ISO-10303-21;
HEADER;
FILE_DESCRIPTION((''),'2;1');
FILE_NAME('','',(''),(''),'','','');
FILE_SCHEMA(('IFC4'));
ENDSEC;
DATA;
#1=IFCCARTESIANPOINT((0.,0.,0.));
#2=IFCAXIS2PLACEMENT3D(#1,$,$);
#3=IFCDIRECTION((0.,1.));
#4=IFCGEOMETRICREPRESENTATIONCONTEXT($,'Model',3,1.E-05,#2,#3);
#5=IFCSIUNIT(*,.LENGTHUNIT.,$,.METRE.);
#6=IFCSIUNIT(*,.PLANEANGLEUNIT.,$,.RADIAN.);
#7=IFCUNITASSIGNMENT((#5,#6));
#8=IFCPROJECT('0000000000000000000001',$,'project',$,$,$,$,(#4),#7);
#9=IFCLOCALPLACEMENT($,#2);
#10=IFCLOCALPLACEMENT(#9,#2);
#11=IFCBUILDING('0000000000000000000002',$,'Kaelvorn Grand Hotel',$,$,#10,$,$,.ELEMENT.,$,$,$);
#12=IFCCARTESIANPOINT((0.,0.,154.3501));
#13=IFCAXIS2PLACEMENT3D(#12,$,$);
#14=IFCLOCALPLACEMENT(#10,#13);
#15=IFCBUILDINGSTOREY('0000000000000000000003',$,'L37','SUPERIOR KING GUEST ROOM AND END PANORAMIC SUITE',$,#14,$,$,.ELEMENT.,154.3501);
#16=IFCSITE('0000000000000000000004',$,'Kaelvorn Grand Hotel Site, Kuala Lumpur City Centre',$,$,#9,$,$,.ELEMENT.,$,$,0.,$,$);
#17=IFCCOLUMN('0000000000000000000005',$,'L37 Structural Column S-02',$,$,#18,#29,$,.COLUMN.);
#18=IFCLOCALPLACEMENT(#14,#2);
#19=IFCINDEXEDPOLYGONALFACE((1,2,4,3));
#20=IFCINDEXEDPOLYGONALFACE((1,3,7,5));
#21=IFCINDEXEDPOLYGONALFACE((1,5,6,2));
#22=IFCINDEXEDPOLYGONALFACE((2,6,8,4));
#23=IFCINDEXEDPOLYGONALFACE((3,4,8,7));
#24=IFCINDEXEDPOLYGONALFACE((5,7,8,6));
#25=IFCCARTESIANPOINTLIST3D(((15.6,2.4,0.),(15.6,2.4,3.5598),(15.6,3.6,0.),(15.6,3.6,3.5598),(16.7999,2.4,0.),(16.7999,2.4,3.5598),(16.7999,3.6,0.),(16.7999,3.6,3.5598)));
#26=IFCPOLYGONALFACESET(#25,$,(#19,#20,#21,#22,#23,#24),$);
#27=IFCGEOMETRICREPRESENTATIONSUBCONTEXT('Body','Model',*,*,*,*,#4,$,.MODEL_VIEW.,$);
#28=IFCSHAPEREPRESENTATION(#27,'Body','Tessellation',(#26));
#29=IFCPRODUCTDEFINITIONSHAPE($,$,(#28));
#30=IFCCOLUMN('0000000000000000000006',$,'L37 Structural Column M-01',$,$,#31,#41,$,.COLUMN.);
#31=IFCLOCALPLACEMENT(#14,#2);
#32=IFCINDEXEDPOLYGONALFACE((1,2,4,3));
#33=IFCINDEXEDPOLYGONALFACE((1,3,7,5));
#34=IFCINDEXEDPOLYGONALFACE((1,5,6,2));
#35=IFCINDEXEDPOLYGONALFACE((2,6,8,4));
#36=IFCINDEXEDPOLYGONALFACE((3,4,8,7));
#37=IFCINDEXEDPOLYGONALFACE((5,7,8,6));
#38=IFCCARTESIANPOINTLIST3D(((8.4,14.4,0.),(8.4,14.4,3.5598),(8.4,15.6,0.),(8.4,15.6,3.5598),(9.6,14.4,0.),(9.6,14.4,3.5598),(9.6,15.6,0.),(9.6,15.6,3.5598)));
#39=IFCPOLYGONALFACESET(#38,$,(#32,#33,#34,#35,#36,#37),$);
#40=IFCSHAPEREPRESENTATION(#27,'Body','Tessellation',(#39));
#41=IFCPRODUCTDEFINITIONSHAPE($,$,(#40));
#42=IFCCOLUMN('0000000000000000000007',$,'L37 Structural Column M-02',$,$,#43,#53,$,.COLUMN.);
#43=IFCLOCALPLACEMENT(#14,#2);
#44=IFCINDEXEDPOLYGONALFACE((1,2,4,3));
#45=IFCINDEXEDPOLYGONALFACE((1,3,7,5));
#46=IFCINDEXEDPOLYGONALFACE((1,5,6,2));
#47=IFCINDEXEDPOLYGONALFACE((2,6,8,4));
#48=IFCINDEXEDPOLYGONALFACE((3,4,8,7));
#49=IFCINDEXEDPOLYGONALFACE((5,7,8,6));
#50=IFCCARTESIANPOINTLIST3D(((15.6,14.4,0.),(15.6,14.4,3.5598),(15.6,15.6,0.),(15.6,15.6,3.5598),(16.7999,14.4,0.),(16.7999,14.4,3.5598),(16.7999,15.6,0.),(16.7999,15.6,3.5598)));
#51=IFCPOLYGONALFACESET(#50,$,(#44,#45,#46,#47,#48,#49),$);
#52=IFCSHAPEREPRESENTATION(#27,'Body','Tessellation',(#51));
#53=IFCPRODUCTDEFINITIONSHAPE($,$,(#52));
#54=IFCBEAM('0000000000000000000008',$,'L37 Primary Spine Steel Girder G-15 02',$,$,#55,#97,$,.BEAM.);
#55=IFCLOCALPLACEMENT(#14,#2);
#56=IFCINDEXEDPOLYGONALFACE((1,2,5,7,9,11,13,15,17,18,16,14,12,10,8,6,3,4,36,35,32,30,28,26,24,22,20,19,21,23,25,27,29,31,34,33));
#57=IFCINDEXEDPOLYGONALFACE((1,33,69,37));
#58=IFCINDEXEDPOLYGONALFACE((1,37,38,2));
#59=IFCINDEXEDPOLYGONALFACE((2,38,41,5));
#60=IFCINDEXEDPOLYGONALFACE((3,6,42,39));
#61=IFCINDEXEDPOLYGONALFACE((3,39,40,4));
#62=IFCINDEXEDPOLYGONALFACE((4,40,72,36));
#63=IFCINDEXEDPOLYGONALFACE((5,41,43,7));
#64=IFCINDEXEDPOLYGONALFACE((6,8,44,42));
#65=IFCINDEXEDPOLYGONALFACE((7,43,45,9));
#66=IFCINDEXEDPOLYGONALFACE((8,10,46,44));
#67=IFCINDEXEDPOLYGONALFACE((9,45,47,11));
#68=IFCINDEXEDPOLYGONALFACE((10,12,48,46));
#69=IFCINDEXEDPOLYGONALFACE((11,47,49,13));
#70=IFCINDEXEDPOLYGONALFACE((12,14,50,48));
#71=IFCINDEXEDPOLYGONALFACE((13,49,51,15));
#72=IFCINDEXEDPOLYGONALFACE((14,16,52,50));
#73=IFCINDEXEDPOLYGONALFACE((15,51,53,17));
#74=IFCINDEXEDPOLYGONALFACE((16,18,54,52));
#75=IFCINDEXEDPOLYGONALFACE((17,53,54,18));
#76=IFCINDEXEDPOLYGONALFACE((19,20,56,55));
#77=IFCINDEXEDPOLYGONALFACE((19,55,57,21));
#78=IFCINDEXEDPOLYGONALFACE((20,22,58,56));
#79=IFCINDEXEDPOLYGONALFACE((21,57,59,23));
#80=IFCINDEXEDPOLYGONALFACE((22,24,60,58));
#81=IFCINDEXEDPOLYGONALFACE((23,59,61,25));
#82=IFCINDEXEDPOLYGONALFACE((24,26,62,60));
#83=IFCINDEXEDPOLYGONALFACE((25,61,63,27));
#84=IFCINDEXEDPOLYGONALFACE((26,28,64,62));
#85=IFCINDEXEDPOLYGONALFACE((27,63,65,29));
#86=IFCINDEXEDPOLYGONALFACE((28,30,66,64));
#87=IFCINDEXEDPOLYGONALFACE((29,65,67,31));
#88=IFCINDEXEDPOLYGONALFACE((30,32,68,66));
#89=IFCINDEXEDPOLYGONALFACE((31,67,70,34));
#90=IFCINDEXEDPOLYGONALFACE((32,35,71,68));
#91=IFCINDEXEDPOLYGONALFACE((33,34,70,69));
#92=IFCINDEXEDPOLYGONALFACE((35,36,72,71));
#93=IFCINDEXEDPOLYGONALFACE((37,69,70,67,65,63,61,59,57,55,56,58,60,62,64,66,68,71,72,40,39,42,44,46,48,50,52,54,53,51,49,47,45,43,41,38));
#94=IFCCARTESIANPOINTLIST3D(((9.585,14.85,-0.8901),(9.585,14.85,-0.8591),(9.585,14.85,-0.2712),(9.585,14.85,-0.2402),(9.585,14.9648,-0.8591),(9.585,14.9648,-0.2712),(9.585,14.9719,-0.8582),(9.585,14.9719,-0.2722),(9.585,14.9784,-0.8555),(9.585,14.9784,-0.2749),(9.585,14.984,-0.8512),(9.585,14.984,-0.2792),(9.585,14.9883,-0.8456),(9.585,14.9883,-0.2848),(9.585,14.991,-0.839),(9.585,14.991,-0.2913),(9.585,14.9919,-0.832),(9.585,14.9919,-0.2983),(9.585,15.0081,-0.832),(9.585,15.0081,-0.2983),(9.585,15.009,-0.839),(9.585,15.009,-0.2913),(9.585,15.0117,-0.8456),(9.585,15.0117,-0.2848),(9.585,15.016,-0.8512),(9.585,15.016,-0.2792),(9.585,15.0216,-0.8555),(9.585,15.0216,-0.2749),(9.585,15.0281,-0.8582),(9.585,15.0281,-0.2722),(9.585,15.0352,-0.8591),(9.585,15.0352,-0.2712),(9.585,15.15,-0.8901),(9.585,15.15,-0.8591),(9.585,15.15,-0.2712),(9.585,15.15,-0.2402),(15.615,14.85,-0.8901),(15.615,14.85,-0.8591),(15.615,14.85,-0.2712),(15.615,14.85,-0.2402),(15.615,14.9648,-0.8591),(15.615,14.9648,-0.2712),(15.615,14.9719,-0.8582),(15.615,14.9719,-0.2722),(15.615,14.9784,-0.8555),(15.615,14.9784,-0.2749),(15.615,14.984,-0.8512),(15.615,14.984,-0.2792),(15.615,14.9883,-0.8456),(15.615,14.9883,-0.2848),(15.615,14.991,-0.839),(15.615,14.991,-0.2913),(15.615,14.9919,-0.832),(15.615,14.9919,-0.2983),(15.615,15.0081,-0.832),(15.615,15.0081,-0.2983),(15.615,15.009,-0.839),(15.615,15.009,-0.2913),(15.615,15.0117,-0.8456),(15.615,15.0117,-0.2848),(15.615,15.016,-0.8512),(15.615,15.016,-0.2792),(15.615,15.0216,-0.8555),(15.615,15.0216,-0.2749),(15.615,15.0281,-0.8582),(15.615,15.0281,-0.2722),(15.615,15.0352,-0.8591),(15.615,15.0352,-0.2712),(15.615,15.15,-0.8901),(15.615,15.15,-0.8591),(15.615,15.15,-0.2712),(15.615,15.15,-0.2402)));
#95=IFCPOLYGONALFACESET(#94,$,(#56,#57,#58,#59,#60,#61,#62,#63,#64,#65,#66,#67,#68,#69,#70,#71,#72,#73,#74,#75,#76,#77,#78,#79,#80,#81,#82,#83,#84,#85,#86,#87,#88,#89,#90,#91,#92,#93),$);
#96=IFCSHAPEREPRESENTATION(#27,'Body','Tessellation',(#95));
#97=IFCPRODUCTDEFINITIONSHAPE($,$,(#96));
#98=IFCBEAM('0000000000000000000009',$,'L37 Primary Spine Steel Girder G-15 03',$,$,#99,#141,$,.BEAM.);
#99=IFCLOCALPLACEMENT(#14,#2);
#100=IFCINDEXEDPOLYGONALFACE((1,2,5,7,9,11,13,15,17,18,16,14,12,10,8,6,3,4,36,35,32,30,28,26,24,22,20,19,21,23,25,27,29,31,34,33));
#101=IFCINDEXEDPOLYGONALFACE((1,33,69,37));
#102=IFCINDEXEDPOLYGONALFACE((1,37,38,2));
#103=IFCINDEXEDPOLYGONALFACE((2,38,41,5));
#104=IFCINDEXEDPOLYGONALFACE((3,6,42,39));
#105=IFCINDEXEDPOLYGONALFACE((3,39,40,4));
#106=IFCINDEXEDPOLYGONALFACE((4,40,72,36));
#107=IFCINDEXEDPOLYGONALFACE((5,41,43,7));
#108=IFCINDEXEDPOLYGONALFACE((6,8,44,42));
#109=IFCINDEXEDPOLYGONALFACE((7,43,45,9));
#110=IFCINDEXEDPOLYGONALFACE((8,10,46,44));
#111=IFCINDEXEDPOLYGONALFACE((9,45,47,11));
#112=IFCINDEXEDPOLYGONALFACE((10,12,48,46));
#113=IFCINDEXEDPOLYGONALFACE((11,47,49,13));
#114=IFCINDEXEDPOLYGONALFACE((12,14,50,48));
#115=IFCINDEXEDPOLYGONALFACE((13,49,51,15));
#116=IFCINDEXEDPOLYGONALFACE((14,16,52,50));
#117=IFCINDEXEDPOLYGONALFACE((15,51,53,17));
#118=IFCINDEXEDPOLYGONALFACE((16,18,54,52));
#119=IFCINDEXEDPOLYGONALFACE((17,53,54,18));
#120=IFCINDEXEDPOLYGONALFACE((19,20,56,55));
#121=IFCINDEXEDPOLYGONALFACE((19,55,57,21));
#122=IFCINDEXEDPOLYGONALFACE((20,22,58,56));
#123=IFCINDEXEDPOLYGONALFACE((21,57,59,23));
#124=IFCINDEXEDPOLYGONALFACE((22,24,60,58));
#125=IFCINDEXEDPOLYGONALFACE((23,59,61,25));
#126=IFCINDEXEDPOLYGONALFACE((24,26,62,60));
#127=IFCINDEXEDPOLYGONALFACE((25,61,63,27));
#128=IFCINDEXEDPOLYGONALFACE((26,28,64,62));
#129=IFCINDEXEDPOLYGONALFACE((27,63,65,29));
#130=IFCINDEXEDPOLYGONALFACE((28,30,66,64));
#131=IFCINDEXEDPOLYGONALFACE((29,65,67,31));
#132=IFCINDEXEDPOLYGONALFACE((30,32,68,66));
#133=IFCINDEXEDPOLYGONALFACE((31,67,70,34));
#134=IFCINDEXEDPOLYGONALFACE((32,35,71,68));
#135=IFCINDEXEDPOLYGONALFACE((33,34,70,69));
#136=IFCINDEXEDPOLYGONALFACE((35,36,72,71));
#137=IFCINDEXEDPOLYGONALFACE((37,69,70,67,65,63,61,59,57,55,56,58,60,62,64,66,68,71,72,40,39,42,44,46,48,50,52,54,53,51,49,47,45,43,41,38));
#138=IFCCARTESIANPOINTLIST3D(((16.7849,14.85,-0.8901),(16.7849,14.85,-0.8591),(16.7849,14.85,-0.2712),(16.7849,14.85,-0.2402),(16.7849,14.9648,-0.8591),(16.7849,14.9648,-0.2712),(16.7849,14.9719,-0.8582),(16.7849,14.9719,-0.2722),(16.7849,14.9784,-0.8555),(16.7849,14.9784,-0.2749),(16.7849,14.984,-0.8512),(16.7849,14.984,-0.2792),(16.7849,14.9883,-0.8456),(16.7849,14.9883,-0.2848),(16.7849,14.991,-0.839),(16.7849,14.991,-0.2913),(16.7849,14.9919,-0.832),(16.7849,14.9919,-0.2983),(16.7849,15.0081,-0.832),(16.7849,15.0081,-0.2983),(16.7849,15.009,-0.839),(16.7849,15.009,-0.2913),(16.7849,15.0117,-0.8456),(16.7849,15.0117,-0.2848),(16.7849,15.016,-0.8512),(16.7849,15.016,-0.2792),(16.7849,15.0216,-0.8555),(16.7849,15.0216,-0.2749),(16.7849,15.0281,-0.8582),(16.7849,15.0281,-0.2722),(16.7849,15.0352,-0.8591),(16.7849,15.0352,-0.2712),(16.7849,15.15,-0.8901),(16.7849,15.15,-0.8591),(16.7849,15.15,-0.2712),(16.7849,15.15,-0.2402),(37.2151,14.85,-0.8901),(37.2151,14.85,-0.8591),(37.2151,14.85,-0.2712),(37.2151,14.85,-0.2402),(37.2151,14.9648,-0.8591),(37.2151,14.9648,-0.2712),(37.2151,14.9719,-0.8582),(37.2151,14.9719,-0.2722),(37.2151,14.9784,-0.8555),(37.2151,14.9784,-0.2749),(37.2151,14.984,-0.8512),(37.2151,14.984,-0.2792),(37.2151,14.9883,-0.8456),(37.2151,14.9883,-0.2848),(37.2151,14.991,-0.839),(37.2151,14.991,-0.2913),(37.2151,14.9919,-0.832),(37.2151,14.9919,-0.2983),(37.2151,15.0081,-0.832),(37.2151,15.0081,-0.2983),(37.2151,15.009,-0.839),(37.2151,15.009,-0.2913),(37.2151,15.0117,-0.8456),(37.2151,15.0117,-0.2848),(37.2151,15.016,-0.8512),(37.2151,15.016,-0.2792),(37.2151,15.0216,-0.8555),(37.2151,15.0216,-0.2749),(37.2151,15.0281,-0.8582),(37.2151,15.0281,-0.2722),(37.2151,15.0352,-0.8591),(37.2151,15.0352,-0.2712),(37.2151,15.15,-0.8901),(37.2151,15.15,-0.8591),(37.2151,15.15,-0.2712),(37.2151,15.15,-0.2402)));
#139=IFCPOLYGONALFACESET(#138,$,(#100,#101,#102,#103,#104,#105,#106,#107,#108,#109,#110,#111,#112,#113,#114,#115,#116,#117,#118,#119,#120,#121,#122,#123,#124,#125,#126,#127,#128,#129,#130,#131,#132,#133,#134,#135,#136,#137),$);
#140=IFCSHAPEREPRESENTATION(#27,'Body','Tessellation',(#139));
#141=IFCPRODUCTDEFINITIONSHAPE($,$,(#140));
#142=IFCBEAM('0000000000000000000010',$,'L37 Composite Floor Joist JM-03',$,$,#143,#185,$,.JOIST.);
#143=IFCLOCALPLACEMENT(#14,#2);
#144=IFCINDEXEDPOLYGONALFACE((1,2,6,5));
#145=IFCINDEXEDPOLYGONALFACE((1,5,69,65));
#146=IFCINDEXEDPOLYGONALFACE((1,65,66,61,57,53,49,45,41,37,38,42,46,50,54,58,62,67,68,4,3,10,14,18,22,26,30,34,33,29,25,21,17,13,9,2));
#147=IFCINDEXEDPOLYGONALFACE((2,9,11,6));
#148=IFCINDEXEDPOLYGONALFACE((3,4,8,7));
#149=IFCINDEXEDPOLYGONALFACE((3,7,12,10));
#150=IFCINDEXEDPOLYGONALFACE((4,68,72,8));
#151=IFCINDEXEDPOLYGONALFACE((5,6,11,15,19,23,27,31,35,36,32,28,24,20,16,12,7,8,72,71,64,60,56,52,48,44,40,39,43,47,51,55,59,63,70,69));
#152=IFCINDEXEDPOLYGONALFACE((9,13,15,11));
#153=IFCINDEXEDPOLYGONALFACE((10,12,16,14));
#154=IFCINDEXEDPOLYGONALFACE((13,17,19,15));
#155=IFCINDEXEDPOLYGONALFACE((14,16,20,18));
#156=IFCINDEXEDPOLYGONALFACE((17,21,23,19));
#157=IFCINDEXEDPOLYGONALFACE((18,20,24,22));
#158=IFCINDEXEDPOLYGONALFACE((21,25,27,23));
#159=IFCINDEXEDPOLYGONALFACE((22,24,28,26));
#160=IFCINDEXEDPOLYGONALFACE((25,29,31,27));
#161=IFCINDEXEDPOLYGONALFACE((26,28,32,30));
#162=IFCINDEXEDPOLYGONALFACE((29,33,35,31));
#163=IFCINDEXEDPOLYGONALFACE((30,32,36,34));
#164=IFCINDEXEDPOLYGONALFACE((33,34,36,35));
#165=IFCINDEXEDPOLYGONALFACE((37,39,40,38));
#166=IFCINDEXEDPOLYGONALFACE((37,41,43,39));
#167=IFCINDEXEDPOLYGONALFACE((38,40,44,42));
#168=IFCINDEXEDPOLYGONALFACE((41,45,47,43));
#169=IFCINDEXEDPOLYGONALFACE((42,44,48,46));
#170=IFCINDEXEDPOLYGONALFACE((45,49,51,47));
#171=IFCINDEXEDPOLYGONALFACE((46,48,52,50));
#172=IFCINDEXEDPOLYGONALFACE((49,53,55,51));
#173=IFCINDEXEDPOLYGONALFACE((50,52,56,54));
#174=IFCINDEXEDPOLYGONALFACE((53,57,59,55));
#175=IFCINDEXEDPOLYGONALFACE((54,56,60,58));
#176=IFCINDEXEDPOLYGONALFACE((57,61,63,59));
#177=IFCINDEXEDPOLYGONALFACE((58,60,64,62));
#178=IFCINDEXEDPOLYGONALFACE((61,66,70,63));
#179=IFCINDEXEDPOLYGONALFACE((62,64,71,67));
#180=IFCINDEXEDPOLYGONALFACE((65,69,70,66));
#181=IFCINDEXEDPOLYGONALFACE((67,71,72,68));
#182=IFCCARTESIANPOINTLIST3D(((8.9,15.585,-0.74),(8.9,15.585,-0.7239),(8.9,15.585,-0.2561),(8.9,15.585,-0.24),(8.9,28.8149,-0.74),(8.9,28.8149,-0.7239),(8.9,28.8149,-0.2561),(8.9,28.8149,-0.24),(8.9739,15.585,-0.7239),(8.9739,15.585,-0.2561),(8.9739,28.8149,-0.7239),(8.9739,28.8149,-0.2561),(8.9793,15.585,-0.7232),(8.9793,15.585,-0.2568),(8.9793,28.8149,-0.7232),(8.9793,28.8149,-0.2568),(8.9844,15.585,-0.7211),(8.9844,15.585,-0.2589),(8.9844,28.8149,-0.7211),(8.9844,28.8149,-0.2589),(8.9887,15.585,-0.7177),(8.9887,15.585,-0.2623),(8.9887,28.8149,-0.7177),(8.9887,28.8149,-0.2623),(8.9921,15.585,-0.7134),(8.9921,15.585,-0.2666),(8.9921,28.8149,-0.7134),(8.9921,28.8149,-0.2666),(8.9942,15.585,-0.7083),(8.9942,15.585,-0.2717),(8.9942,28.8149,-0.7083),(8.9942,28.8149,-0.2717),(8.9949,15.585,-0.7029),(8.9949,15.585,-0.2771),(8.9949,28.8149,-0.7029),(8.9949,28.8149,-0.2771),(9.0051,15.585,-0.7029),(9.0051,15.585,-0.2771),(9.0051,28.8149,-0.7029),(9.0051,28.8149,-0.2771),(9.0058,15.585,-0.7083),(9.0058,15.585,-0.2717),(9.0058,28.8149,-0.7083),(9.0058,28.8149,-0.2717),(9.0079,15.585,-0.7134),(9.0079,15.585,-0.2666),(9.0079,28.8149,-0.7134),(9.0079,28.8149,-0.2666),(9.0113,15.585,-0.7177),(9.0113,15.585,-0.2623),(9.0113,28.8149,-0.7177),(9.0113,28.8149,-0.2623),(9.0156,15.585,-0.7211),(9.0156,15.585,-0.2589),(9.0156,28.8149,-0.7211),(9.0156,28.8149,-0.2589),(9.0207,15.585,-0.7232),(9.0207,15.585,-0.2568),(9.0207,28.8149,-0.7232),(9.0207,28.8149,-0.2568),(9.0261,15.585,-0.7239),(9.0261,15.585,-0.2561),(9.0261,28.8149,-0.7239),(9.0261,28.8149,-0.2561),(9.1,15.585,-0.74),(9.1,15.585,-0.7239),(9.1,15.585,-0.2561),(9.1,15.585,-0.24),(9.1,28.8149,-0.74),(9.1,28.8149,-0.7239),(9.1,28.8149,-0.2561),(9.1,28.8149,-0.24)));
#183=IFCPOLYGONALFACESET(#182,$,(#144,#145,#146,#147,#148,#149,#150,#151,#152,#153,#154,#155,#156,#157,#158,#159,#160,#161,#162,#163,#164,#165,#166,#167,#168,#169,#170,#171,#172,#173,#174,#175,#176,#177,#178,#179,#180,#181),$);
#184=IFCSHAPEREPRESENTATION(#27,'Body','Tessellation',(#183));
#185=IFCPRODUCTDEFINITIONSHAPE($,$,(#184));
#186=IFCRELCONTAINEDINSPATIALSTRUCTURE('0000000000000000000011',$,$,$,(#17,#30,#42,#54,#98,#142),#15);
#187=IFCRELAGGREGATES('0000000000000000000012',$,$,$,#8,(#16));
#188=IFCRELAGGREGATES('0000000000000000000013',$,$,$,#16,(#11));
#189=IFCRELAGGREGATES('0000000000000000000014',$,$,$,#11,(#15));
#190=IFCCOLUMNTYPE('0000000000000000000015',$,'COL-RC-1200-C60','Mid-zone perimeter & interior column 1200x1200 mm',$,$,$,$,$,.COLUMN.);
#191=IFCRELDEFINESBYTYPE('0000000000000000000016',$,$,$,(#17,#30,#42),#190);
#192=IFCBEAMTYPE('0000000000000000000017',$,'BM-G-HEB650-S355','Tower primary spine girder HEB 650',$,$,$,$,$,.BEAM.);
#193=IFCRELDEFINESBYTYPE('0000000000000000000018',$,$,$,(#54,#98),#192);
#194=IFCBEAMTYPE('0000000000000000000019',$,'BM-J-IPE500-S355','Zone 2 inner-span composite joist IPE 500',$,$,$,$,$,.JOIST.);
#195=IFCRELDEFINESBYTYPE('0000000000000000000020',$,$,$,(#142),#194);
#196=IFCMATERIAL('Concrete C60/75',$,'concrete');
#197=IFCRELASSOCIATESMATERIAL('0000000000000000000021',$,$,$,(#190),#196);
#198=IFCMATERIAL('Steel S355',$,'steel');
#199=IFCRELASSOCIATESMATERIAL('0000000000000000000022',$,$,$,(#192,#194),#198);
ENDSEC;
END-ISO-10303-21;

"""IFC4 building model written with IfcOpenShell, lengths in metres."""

from ifc_helpers import new_model, si_unit, direction, frame, origin, origin_2d, place, context, subcontext, project, spatial, rectangle, i_section, extrude, material, material_profile, profile_set, type_object, element, save


model = new_model("IFC4")

# Units and contexts
model_context = context("Model", 3, precision=1e-05, world=origin(), true_north=direction((0.0, 1.0)))
body_context = subcontext(model_context, "Body", "Model", "MODEL_VIEW")
ifc_project = project(units=[si_unit("LENGTHUNIT", "METRE"), si_unit("PLANEANGLEUNIT", "RADIAN")], contexts=[model_context])

# Site, building, storey
site_placement = place(None, origin())
site = spatial("IfcSite", under=ifc_project, at=site_placement, Name="Kaelvorn Grand Hotel Site, Kuala Lumpur City Centre", CompositionType="ELEMENT", RefElevation=0.0)
building_placement = place(site_placement, origin())
building = spatial("IfcBuilding", under=site, at=building_placement, Name="Kaelvorn Grand Hotel", CompositionType="ELEMENT")
storey_placement = place(building_placement, frame((0.0, 0.0, 154.3501)))
storey = spatial("IfcBuildingStorey", under=building, at=storey_placement, Name="L37", Description="SUPERIOR KING GUEST ROOM AND END PANORAMIC SUITE", CompositionType="ELEMENT", Elevation=154.3501)

# Columns
ifc_material_1 = material(Name="Concrete C60/75", Category="concrete")
ifc_material_profile_1 = material_profile(ifc_material_1, rectangle(XDim=1.2, YDim=1.2, at=origin_2d()), Name="RC COL 1200x1200")
ifc_profile_set_1 = profile_set([ifc_material_profile_1], Name="Concrete C60/75")
column_type = type_object("IfcColumnType", Name="COL-RC-1200-C60", Description="Mid-zone perimeter & interior column 1200x1200 mm", PredefinedType="COLUMN", material=ifc_profile_set_1)
for number, where, z_axis, x_axis, name in (
    (1, (16.2, 3.0, 0.0), (0.0, 0.0, 1.0), (1.0, 0.0, 0.0), "L37 Structural Column S-02"),
    (2, (9.0, 15.0, 0.0), (0.0, 0.0, 1.0), (1.0, 0.0, 0.0), "L37 Structural Column M-01"),
    (3, (16.2, 15.0, 0.0), (0.0, 0.0, 1.0), (1.0, 0.0, 0.0), "L37 Structural Column M-02"),
):
    element("IfcColumn", number, at=place(storey_placement, frame(where, z_axis=z_axis, x_axis=x_axis)), inside=storey, type_object=column_type, Name=name, PredefinedType="COLUMN", context=body_context, shape_type="SweptSolid", body=[
        extrude(rectangle(XDim=1.2, YDim=1.2, at=origin_2d()), origin(), (0.0, 0.0, 1.0), 3.5598),
    ])

# Beams
ifc_material_2 = material(Name="Steel S355", Category="steel")
ifc_material_profile_2 = material_profile(ifc_material_2, i_section(OverallWidth=0.3, OverallDepth=0.6499, WebThickness=0.0161, FlangeThickness=0.031, FilletRadius=0.0271, at=origin_2d()), Name="HEB 650")
ifc_profile_set_2 = profile_set([ifc_material_profile_2], Name="Steel S355")
beam_type_1 = type_object("IfcBeamType", Name="BM-G-HEB650-S355", Description="Tower primary spine girder HEB 650", PredefinedType="BEAM", material=ifc_profile_set_2)
beam_1_placement = place(storey_placement, frame((9.585, 15.0, -0.5652), z_axis=(1.0, 0.0, 0.0), x_axis=(0.0, 1.0, 0.0)))
element("IfcBeam", 4, at=beam_1_placement, inside=storey, type_object=beam_type_1, Name="L37 Primary Spine Steel Girder G-15 02", PredefinedType="BEAM", context=body_context, shape_type="SweptSolid", body=[
    extrude(i_section(OverallWidth=0.3, OverallDepth=0.6499, WebThickness=0.0161, FlangeThickness=0.031, FilletRadius=0.0271, at=origin_2d()), origin(), (0.0, 0.0, 1.0), 6.03),
])
beam_2_placement = place(storey_placement, frame((16.7849, 15.0, -0.5652), z_axis=(1.0, 0.0, 0.0), x_axis=(0.0, 1.0, 0.0)))
element("IfcBeam", 5, at=beam_2_placement, inside=storey, type_object=beam_type_1, Name="L37 Primary Spine Steel Girder G-15 03", PredefinedType="BEAM", context=body_context, shape_type="SweptSolid", body=[
    extrude(i_section(OverallWidth=0.3, OverallDepth=0.6499, WebThickness=0.0161, FlangeThickness=0.031, FilletRadius=0.0271, at=origin_2d()), origin(), (0.0, 0.0, 1.0), 20.4302),
])
ifc_material_profile_3 = material_profile(ifc_material_2, i_section(OverallWidth=0.2, OverallDepth=0.5, WebThickness=0.0103, FlangeThickness=0.0161, FilletRadius=0.021, at=origin_2d()), Name="IPE 500")
ifc_profile_set_3 = profile_set([ifc_material_profile_3], Name="Steel S355")
beam_type_2 = type_object("IfcBeamType", Name="BM-J-IPE500-S355", Description="Zone 2 inner-span composite joist IPE 500", PredefinedType="JOIST", material=ifc_profile_set_3)
beam_3_placement = place(storey_placement, frame((9.0, 15.585, -0.49), z_axis=(0.0, 1.0, 0.0), x_axis=(-1.0, 0.0, 0.0)))
element("IfcBeam", 6, at=beam_3_placement, inside=storey, type_object=beam_type_2, Name="L37 Composite Floor Joist JM-03", PredefinedType="JOIST", context=body_context, shape_type="SweptSolid", body=[
    extrude(i_section(OverallWidth=0.2, OverallDepth=0.5, WebThickness=0.0103, FlangeThickness=0.0161, FilletRadius=0.021, at=origin_2d()), origin(), (0.0, 0.0, 1.0), 13.23),
])

save(model, "model.ifc")
